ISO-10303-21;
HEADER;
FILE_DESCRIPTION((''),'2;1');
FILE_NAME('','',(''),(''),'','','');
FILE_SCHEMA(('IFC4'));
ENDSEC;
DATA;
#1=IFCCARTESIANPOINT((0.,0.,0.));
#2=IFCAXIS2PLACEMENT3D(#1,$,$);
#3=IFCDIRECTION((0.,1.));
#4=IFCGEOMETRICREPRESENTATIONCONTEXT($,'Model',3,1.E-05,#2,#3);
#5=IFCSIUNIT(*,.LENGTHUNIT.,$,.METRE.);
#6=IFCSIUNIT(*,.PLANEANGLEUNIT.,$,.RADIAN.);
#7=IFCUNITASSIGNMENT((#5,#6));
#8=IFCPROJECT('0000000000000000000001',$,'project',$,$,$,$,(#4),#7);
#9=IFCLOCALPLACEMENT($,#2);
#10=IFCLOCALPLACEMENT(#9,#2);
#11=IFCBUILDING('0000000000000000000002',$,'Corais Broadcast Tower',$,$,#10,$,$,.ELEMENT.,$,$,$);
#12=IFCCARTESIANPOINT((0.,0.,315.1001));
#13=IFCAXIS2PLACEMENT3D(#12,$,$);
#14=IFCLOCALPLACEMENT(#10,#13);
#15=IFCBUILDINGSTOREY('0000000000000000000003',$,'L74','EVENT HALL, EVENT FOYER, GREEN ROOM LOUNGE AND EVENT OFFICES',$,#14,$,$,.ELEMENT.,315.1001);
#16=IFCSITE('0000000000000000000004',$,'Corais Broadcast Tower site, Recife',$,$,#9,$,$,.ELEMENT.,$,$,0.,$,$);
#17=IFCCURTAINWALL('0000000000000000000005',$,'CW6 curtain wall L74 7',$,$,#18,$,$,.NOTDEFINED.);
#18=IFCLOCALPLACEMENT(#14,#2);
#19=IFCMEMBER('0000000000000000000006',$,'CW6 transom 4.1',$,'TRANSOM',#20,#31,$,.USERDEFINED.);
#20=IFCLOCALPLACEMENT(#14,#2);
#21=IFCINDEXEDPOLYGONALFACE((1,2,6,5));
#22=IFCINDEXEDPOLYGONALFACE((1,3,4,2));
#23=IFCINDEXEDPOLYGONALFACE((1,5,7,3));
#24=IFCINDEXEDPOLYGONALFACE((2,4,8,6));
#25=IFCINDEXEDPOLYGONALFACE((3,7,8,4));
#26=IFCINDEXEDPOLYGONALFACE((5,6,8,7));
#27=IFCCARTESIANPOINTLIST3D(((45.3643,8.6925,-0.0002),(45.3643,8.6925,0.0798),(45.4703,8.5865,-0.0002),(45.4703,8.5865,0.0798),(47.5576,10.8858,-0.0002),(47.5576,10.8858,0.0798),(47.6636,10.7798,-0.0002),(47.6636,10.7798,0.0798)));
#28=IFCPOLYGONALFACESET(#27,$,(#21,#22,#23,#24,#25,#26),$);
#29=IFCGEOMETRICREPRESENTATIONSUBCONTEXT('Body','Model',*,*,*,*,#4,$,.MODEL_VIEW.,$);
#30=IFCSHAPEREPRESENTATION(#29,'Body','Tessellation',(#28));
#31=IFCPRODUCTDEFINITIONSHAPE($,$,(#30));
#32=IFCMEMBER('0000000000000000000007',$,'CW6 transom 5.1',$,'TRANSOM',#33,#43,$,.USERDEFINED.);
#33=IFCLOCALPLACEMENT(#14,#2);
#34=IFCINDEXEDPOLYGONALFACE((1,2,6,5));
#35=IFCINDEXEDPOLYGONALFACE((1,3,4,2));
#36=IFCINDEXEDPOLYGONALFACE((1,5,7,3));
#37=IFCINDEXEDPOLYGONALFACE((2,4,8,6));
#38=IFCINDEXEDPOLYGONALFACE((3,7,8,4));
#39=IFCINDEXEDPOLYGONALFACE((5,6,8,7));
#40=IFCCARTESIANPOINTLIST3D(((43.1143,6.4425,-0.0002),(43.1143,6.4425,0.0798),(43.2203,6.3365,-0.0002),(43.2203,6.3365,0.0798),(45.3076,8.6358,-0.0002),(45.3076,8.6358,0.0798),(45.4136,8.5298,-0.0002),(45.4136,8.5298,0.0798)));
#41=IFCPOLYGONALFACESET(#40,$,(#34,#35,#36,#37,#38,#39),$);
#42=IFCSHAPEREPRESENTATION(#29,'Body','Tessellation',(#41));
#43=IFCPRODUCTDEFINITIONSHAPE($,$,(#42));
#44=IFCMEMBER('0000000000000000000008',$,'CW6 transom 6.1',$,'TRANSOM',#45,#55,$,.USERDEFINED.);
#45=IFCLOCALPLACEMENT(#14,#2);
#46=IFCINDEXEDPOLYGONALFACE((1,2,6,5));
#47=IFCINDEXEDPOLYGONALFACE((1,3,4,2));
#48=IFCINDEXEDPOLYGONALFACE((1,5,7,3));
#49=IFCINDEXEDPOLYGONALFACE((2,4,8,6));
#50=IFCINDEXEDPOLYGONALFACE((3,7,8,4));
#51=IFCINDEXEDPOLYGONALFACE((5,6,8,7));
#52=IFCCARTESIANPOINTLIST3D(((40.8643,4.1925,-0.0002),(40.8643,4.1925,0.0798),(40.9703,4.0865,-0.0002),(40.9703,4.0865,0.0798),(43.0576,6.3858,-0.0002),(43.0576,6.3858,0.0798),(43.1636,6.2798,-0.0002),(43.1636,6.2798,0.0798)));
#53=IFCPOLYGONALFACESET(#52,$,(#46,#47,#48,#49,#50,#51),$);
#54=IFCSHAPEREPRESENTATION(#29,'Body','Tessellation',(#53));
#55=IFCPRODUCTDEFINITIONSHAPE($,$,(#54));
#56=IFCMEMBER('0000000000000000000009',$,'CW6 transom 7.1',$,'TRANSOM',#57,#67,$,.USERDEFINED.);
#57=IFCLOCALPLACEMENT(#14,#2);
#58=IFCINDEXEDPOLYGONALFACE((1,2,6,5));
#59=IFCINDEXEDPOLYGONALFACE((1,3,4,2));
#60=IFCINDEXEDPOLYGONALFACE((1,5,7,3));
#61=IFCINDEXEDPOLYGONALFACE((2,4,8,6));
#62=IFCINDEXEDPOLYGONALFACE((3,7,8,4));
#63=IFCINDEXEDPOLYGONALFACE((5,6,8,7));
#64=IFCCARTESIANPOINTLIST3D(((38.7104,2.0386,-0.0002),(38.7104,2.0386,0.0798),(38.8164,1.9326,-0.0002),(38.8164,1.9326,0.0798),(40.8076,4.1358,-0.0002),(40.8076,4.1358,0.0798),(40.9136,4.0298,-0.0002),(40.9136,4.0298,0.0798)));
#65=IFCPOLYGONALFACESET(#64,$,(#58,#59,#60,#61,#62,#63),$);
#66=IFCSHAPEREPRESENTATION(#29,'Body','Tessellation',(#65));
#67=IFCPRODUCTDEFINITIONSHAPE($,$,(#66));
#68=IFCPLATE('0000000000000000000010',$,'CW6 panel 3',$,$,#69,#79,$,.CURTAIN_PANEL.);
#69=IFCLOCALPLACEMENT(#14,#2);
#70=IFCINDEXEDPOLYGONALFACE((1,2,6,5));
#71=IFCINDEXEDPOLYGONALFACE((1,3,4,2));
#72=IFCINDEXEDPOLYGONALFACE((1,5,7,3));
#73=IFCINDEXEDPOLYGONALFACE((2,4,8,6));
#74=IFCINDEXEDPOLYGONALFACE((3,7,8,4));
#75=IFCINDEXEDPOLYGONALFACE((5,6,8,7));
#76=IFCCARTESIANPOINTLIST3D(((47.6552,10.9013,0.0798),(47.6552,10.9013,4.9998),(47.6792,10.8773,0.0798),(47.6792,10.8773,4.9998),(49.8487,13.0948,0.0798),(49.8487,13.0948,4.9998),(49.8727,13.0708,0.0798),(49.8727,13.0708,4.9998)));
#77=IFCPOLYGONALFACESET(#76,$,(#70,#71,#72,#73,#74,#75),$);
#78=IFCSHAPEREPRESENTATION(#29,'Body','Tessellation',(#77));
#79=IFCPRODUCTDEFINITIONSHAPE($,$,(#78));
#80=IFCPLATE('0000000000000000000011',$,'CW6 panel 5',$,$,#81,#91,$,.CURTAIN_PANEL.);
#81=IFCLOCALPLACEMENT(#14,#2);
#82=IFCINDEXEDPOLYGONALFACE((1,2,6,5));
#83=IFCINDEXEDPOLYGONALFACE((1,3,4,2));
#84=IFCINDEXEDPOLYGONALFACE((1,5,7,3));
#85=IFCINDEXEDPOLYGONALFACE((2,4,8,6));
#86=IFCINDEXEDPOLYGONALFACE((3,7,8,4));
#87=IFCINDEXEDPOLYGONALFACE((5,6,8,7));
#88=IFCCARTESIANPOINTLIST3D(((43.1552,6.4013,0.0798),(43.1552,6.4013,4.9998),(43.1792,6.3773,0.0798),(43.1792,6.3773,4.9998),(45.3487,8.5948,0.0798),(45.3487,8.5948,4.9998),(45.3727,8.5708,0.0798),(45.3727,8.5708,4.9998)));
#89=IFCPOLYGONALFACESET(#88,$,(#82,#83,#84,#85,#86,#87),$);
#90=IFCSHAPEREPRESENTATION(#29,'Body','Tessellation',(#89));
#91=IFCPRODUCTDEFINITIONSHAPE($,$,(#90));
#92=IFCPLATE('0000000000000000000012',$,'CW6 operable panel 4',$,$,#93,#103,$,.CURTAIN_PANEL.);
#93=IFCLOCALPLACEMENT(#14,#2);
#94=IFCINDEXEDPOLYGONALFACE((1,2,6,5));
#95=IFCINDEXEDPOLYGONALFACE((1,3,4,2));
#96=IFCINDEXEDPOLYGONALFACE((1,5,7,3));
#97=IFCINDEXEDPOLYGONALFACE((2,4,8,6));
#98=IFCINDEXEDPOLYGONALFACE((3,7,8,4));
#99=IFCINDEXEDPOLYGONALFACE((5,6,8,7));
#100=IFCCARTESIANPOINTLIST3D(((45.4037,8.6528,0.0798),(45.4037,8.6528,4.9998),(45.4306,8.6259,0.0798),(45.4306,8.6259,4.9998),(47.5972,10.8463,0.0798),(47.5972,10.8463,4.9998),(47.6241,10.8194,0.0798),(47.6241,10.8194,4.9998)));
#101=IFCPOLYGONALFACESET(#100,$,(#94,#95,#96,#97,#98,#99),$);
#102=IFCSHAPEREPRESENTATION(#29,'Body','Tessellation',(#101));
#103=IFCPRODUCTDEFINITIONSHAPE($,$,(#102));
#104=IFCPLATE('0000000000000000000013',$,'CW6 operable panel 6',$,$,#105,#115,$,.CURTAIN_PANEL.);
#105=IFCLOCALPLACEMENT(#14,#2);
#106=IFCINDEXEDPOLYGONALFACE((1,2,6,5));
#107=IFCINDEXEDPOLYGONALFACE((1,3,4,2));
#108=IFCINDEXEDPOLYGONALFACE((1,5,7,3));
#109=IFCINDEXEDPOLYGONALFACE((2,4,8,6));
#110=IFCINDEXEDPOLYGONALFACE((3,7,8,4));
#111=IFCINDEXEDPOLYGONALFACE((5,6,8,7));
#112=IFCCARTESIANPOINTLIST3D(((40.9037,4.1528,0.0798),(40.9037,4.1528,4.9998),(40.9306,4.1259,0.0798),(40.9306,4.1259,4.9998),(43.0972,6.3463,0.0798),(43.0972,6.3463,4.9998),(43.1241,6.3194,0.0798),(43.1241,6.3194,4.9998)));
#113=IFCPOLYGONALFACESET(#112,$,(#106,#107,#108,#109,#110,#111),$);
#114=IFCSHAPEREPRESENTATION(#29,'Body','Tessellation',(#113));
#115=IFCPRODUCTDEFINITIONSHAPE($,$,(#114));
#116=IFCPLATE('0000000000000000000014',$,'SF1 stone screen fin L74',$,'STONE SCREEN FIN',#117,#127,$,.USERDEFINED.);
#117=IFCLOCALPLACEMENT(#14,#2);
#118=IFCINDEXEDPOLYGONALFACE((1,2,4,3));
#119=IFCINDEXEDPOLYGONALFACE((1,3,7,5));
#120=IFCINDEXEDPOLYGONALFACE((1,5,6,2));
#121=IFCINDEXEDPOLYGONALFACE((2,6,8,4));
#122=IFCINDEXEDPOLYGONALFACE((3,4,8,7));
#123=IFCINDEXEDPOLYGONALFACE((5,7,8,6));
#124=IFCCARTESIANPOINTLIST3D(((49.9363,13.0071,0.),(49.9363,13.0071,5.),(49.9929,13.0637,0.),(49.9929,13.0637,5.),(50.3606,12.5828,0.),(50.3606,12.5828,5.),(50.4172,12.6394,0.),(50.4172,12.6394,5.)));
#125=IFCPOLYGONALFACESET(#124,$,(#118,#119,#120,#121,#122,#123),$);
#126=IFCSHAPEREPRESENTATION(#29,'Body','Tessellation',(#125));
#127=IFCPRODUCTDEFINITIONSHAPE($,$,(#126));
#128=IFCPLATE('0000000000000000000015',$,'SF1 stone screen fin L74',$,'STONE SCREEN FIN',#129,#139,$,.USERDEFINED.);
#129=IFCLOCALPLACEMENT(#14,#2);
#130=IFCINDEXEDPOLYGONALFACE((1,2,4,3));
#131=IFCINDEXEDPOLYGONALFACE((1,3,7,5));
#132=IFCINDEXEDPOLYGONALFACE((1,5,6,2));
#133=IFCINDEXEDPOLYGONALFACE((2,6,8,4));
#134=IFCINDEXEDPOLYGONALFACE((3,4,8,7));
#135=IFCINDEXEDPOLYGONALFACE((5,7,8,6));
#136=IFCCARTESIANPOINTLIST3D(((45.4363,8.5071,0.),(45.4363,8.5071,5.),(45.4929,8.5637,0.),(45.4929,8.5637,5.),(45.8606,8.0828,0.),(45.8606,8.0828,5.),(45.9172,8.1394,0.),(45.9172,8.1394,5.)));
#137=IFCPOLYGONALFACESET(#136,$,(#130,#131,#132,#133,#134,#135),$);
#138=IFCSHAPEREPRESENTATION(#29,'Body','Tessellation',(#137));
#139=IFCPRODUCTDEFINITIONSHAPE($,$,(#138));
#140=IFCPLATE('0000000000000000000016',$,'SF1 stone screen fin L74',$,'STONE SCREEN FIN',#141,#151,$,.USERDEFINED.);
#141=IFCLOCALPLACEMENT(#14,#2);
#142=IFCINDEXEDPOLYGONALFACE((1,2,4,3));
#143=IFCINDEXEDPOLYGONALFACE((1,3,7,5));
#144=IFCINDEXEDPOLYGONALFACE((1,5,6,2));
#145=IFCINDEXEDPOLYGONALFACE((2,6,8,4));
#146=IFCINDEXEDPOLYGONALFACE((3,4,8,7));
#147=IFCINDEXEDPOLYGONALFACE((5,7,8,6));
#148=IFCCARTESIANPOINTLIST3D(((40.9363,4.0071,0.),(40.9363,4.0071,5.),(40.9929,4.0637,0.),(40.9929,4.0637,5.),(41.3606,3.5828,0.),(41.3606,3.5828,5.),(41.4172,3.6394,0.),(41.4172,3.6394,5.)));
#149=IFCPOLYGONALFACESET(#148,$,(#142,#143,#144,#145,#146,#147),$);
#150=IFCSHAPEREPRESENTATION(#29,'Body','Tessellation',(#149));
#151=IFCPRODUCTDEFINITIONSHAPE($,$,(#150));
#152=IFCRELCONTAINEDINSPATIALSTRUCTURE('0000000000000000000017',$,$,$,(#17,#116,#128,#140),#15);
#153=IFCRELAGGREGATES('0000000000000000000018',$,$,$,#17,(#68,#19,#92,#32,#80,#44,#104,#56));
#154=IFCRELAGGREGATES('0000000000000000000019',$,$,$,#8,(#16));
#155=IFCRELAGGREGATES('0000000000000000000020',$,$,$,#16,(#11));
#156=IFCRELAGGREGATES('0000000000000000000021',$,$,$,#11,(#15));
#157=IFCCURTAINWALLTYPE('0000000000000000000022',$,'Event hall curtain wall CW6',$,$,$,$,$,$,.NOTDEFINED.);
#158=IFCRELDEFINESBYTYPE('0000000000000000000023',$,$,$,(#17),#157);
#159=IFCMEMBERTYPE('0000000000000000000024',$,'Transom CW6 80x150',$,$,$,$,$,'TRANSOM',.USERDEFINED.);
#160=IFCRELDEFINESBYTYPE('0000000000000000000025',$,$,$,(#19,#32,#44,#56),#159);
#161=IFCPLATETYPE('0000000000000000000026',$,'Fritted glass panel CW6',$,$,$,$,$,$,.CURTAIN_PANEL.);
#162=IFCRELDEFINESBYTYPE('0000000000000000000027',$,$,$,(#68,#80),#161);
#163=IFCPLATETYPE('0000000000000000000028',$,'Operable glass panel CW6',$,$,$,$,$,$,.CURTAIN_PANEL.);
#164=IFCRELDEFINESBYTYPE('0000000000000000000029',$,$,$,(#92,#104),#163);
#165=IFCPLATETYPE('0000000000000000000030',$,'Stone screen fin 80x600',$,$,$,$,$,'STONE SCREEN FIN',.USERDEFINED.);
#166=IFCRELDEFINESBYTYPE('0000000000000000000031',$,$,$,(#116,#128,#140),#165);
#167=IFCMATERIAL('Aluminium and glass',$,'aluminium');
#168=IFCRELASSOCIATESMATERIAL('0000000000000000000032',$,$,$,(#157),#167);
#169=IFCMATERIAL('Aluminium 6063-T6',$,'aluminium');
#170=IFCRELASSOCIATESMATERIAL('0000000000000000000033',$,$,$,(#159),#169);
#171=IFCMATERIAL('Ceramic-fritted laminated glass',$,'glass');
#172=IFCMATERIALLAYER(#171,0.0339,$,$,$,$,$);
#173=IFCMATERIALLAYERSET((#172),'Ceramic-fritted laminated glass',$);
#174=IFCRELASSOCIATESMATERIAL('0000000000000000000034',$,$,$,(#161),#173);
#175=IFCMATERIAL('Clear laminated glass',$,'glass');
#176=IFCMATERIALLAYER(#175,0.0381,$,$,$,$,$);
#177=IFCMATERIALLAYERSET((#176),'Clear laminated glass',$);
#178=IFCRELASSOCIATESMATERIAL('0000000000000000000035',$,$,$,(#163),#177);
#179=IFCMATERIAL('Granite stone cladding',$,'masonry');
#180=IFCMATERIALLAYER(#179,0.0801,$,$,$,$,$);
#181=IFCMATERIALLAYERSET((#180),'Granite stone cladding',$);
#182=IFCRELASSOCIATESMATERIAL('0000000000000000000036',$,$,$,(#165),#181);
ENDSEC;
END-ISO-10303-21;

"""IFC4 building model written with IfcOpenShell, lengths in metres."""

from ifc_helpers import new_model, si_unit, direction, frame, origin, origin_2d, place, context, subcontext, project, spatial, rectangle, extrude, material, layer, layer_set, material_profile, profile_set, type_object, element, aggregate, save


model = new_model("IFC4")

# Units and contexts
model_context = context("Model", 3, precision=1e-05, world=origin(), true_north=direction((0.0, 1.0)))
body_context = subcontext(model_context, "Body", "Model", "MODEL_VIEW")
ifc_project = project(units=[si_unit("LENGTHUNIT", "METRE"), si_unit("PLANEANGLEUNIT", "RADIAN")], contexts=[model_context])

# Site, building, storey
site_placement = place(None, origin())
site = spatial("IfcSite", under=ifc_project, at=site_placement, Name="Corais Broadcast Tower site, Recife", CompositionType="ELEMENT", RefElevation=0.0)
building_placement = place(site_placement, origin())
building = spatial("IfcBuilding", under=site, at=building_placement, Name="Corais Broadcast Tower", CompositionType="ELEMENT")
storey_placement = place(building_placement, frame((0.0, 0.0, 315.1001)))
storey = spatial("IfcBuildingStorey", under=building, at=storey_placement, Name="L74", Description="EVENT HALL, EVENT FOYER, GREEN ROOM LOUNGE AND EVENT OFFICES", CompositionType="ELEMENT", Elevation=315.1001)

# Curtain wall
ifc_material_1 = material(Name="Aluminium and glass", Category="aluminium")
curtain_wall_type = type_object("IfcCurtainWallType", Name="Event hall curtain wall CW6", PredefinedType="NOTDEFINED", material=ifc_material_1)
curtain_wall_placement = place(storey_placement, origin())
curtain_wall = element("IfcCurtainWall", 1, at=curtain_wall_placement, inside=storey, type_object=curtain_wall_type, Name="CW6 curtain wall L74 7", PredefinedType="NOTDEFINED")

# Members
ifc_material_2 = material(Name="Aluminium 6063-T6", Category="aluminium")
ifc_material_profile_1 = material_profile(ifc_material_2, rectangle(XDim=0.1499, YDim=0.0801, at=origin_2d()), Name="Transom CW6 80x150")
ifc_profile_set_1 = profile_set([ifc_material_profile_1], Name="Aluminium 6063-T6")
member_type_1 = type_object("IfcMemberType", Name="Transom CW6 80x150", ElementType="TRANSOM", PredefinedType="USERDEFINED", material=ifc_profile_set_1)
member_1_placement = place(storey_placement, frame((47.6106, 10.8328, 0.0398), z_axis=(-0.707107, -0.707107, 0.0), x_axis=(0.707107, -0.707107, 0.0)))
member_1 = element("IfcMember", 2, at=member_1_placement, type_object=member_type_1, Name="CW6 transom 4.1", ObjectType="TRANSOM", PredefinedType="USERDEFINED", context=body_context, shape_type="SweptSolid", body=[
    extrude(rectangle(XDim=0.1499, YDim=0.0801, at=origin_2d()), origin(), (0.0, 0.0, 1.0), 3.1018),
])
member_2_placement = place(storey_placement, frame((45.3606, 8.5828, 0.0398), z_axis=(-0.707107, -0.707107, 0.0), x_axis=(0.707107, -0.707107, 0.0)))
member_2 = element("IfcMember", 3, at=member_2_placement, type_object=member_type_1, Name="CW6 transom 5.1", ObjectType="TRANSOM", PredefinedType="USERDEFINED", context=body_context, shape_type="SweptSolid", body=[
    extrude(rectangle(XDim=0.1499, YDim=0.0801, at=origin_2d()), origin(), (0.0, 0.0, 1.0), 3.1018),
])
member_3_placement = place(storey_placement, frame((43.1106, 6.3328, 0.0398), z_axis=(-0.707107, -0.707107, 0.0), x_axis=(0.707107, -0.707107, 0.0)))
member_3 = element("IfcMember", 4, at=member_3_placement, type_object=member_type_1, Name="CW6 transom 6.1", ObjectType="TRANSOM", PredefinedType="USERDEFINED", context=body_context, shape_type="SweptSolid", body=[
    extrude(rectangle(XDim=0.1499, YDim=0.0801, at=origin_2d()), origin(), (0.0, 0.0, 1.0), 3.1018),
])
member_4_placement = place(storey_placement, frame((40.8606, 4.0828, 0.0398), z_axis=(-0.707107, -0.707107, 0.0), x_axis=(0.707107, -0.707107, 0.0)))
member_4 = element("IfcMember", 5, at=member_4_placement, type_object=member_type_1, Name="CW6 transom 7.1", ObjectType="TRANSOM", PredefinedType="USERDEFINED", context=body_context, shape_type="SweptSolid", body=[
    extrude(rectangle(XDim=0.1499, YDim=0.0801, at=origin_2d()), origin(), (0.0, 0.0, 1.0), 2.9658),
])

# Plates
ifc_material_3 = material(Name="Ceramic-fritted laminated glass", Category="glass")
ifc_layer_1 = layer(ifc_material_3, 0.0339)
ifc_layer_set_1 = layer_set([ifc_layer_1], Name="Ceramic-fritted laminated glass")
plate_type_1 = type_object("IfcPlateType", Name="Fritted glass panel CW6", PredefinedType="CURTAIN_PANEL", material=ifc_layer_set_1)
plate_1_placement = place(storey_placement, frame((48.7639, 11.9861, 0.0798), z_axis=(0.0, 0.0, 1.0), x_axis=(-0.707107, -0.707107, 0.0)))
plate_1 = element("IfcPlate", 6, at=plate_1_placement, type_object=plate_type_1, Name="CW6 panel 3", PredefinedType="CURTAIN_PANEL", context=body_context, shape_type="SweptSolid", body=[
    extrude(rectangle(XDim=3.1021, YDim=0.0339, at=origin_2d()), origin(), (0.0, 0.0, 1.0), 4.9199),
])
plate_2_placement = place(storey_placement, frame((44.2639, 7.4861, 0.0798), z_axis=(0.0, 0.0, 1.0), x_axis=(-0.707107, -0.707107, 0.0)))
plate_2 = element("IfcPlate", 7, at=plate_2_placement, type_object=plate_type_1, Name="CW6 panel 5", PredefinedType="CURTAIN_PANEL", context=body_context, shape_type="SweptSolid", body=[
    extrude(rectangle(XDim=3.1021, YDim=0.0339, at=origin_2d()), origin(), (0.0, 0.0, 1.0), 4.9199),
])
ifc_material_4 = material(Name="Clear laminated glass", Category="glass")
ifc_layer_2 = layer(ifc_material_4, 0.0381)
ifc_layer_set_2 = layer_set([ifc_layer_2], Name="Clear laminated glass")
plate_type_2 = type_object("IfcPlateType", Name="Operable glass panel CW6", PredefinedType="CURTAIN_PANEL", material=ifc_layer_set_2)
plate_3_placement = place(storey_placement, frame((46.5139, 9.7361, 0.0798), z_axis=(0.0, 0.0, 1.0), x_axis=(-0.707107, -0.707107, 0.0)))
plate_3 = element("IfcPlate", 8, at=plate_3_placement, type_object=plate_type_2, Name="CW6 operable panel 4", PredefinedType="CURTAIN_PANEL", context=body_context, shape_type="SweptSolid", body=[
    extrude(rectangle(XDim=3.1021, YDim=0.0381, at=origin_2d()), origin(), (0.0, 0.0, 1.0), 4.9199),
])
plate_4_placement = place(storey_placement, frame((42.0139, 5.2361, 0.0798), z_axis=(0.0, 0.0, 1.0), x_axis=(-0.707107, -0.707107, 0.0)))
plate_4 = element("IfcPlate", 9, at=plate_4_placement, type_object=plate_type_2, Name="CW6 operable panel 6", PredefinedType="CURTAIN_PANEL", context=body_context, shape_type="SweptSolid", body=[
    extrude(rectangle(XDim=3.1021, YDim=0.0381, at=origin_2d()), origin(), (0.0, 0.0, 1.0), 4.9199),
])
aggregate(curtain_wall, [plate_1, member_1, plate_3, member_2, plate_2, member_3, plate_4, member_4])

# Plates
ifc_material_5 = material(Name="Granite stone cladding", Category="masonry")
ifc_layer_3 = layer(ifc_material_5, 0.0801)
ifc_layer_set_3 = layer_set([ifc_layer_3], Name="Granite stone cladding")
plate_type_3 = type_object("IfcPlateType", Name="Stone screen fin 80x600", ElementType="STONE SCREEN FIN", PredefinedType="USERDEFINED", material=ifc_layer_set_3)
for number, where, z_axis, x_axis, name in (
    (10, (50.1768, 12.8232, 0.0), (0.0, 0.0, 1.0), (-0.707107, -0.707107, 0.0), "SF1 stone screen fin L74"),
    (11, (45.6768, 8.3232, 0.0), (0.0, 0.0, 1.0), (-0.707107, -0.707107, 0.0), "SF1 stone screen fin L74"),
    (12, (41.1768, 3.8232, 0.0), (0.0, 0.0, 1.0), (-0.707107, -0.707107, 0.0), "SF1 stone screen fin L74"),
):
    element("IfcPlate", number, at=place(storey_placement, frame(where, z_axis=z_axis, x_axis=x_axis)), inside=storey, type_object=plate_type_3, Name=name, ObjectType="STONE SCREEN FIN", PredefinedType="USERDEFINED", context=body_context, shape_type="SweptSolid", body=[
        extrude(rectangle(XDim=0.0801, YDim=0.6001, at=origin_2d()), origin(), (0.0, 0.0, 1.0), 5.0),
    ])

save(model, "model.ifc")
